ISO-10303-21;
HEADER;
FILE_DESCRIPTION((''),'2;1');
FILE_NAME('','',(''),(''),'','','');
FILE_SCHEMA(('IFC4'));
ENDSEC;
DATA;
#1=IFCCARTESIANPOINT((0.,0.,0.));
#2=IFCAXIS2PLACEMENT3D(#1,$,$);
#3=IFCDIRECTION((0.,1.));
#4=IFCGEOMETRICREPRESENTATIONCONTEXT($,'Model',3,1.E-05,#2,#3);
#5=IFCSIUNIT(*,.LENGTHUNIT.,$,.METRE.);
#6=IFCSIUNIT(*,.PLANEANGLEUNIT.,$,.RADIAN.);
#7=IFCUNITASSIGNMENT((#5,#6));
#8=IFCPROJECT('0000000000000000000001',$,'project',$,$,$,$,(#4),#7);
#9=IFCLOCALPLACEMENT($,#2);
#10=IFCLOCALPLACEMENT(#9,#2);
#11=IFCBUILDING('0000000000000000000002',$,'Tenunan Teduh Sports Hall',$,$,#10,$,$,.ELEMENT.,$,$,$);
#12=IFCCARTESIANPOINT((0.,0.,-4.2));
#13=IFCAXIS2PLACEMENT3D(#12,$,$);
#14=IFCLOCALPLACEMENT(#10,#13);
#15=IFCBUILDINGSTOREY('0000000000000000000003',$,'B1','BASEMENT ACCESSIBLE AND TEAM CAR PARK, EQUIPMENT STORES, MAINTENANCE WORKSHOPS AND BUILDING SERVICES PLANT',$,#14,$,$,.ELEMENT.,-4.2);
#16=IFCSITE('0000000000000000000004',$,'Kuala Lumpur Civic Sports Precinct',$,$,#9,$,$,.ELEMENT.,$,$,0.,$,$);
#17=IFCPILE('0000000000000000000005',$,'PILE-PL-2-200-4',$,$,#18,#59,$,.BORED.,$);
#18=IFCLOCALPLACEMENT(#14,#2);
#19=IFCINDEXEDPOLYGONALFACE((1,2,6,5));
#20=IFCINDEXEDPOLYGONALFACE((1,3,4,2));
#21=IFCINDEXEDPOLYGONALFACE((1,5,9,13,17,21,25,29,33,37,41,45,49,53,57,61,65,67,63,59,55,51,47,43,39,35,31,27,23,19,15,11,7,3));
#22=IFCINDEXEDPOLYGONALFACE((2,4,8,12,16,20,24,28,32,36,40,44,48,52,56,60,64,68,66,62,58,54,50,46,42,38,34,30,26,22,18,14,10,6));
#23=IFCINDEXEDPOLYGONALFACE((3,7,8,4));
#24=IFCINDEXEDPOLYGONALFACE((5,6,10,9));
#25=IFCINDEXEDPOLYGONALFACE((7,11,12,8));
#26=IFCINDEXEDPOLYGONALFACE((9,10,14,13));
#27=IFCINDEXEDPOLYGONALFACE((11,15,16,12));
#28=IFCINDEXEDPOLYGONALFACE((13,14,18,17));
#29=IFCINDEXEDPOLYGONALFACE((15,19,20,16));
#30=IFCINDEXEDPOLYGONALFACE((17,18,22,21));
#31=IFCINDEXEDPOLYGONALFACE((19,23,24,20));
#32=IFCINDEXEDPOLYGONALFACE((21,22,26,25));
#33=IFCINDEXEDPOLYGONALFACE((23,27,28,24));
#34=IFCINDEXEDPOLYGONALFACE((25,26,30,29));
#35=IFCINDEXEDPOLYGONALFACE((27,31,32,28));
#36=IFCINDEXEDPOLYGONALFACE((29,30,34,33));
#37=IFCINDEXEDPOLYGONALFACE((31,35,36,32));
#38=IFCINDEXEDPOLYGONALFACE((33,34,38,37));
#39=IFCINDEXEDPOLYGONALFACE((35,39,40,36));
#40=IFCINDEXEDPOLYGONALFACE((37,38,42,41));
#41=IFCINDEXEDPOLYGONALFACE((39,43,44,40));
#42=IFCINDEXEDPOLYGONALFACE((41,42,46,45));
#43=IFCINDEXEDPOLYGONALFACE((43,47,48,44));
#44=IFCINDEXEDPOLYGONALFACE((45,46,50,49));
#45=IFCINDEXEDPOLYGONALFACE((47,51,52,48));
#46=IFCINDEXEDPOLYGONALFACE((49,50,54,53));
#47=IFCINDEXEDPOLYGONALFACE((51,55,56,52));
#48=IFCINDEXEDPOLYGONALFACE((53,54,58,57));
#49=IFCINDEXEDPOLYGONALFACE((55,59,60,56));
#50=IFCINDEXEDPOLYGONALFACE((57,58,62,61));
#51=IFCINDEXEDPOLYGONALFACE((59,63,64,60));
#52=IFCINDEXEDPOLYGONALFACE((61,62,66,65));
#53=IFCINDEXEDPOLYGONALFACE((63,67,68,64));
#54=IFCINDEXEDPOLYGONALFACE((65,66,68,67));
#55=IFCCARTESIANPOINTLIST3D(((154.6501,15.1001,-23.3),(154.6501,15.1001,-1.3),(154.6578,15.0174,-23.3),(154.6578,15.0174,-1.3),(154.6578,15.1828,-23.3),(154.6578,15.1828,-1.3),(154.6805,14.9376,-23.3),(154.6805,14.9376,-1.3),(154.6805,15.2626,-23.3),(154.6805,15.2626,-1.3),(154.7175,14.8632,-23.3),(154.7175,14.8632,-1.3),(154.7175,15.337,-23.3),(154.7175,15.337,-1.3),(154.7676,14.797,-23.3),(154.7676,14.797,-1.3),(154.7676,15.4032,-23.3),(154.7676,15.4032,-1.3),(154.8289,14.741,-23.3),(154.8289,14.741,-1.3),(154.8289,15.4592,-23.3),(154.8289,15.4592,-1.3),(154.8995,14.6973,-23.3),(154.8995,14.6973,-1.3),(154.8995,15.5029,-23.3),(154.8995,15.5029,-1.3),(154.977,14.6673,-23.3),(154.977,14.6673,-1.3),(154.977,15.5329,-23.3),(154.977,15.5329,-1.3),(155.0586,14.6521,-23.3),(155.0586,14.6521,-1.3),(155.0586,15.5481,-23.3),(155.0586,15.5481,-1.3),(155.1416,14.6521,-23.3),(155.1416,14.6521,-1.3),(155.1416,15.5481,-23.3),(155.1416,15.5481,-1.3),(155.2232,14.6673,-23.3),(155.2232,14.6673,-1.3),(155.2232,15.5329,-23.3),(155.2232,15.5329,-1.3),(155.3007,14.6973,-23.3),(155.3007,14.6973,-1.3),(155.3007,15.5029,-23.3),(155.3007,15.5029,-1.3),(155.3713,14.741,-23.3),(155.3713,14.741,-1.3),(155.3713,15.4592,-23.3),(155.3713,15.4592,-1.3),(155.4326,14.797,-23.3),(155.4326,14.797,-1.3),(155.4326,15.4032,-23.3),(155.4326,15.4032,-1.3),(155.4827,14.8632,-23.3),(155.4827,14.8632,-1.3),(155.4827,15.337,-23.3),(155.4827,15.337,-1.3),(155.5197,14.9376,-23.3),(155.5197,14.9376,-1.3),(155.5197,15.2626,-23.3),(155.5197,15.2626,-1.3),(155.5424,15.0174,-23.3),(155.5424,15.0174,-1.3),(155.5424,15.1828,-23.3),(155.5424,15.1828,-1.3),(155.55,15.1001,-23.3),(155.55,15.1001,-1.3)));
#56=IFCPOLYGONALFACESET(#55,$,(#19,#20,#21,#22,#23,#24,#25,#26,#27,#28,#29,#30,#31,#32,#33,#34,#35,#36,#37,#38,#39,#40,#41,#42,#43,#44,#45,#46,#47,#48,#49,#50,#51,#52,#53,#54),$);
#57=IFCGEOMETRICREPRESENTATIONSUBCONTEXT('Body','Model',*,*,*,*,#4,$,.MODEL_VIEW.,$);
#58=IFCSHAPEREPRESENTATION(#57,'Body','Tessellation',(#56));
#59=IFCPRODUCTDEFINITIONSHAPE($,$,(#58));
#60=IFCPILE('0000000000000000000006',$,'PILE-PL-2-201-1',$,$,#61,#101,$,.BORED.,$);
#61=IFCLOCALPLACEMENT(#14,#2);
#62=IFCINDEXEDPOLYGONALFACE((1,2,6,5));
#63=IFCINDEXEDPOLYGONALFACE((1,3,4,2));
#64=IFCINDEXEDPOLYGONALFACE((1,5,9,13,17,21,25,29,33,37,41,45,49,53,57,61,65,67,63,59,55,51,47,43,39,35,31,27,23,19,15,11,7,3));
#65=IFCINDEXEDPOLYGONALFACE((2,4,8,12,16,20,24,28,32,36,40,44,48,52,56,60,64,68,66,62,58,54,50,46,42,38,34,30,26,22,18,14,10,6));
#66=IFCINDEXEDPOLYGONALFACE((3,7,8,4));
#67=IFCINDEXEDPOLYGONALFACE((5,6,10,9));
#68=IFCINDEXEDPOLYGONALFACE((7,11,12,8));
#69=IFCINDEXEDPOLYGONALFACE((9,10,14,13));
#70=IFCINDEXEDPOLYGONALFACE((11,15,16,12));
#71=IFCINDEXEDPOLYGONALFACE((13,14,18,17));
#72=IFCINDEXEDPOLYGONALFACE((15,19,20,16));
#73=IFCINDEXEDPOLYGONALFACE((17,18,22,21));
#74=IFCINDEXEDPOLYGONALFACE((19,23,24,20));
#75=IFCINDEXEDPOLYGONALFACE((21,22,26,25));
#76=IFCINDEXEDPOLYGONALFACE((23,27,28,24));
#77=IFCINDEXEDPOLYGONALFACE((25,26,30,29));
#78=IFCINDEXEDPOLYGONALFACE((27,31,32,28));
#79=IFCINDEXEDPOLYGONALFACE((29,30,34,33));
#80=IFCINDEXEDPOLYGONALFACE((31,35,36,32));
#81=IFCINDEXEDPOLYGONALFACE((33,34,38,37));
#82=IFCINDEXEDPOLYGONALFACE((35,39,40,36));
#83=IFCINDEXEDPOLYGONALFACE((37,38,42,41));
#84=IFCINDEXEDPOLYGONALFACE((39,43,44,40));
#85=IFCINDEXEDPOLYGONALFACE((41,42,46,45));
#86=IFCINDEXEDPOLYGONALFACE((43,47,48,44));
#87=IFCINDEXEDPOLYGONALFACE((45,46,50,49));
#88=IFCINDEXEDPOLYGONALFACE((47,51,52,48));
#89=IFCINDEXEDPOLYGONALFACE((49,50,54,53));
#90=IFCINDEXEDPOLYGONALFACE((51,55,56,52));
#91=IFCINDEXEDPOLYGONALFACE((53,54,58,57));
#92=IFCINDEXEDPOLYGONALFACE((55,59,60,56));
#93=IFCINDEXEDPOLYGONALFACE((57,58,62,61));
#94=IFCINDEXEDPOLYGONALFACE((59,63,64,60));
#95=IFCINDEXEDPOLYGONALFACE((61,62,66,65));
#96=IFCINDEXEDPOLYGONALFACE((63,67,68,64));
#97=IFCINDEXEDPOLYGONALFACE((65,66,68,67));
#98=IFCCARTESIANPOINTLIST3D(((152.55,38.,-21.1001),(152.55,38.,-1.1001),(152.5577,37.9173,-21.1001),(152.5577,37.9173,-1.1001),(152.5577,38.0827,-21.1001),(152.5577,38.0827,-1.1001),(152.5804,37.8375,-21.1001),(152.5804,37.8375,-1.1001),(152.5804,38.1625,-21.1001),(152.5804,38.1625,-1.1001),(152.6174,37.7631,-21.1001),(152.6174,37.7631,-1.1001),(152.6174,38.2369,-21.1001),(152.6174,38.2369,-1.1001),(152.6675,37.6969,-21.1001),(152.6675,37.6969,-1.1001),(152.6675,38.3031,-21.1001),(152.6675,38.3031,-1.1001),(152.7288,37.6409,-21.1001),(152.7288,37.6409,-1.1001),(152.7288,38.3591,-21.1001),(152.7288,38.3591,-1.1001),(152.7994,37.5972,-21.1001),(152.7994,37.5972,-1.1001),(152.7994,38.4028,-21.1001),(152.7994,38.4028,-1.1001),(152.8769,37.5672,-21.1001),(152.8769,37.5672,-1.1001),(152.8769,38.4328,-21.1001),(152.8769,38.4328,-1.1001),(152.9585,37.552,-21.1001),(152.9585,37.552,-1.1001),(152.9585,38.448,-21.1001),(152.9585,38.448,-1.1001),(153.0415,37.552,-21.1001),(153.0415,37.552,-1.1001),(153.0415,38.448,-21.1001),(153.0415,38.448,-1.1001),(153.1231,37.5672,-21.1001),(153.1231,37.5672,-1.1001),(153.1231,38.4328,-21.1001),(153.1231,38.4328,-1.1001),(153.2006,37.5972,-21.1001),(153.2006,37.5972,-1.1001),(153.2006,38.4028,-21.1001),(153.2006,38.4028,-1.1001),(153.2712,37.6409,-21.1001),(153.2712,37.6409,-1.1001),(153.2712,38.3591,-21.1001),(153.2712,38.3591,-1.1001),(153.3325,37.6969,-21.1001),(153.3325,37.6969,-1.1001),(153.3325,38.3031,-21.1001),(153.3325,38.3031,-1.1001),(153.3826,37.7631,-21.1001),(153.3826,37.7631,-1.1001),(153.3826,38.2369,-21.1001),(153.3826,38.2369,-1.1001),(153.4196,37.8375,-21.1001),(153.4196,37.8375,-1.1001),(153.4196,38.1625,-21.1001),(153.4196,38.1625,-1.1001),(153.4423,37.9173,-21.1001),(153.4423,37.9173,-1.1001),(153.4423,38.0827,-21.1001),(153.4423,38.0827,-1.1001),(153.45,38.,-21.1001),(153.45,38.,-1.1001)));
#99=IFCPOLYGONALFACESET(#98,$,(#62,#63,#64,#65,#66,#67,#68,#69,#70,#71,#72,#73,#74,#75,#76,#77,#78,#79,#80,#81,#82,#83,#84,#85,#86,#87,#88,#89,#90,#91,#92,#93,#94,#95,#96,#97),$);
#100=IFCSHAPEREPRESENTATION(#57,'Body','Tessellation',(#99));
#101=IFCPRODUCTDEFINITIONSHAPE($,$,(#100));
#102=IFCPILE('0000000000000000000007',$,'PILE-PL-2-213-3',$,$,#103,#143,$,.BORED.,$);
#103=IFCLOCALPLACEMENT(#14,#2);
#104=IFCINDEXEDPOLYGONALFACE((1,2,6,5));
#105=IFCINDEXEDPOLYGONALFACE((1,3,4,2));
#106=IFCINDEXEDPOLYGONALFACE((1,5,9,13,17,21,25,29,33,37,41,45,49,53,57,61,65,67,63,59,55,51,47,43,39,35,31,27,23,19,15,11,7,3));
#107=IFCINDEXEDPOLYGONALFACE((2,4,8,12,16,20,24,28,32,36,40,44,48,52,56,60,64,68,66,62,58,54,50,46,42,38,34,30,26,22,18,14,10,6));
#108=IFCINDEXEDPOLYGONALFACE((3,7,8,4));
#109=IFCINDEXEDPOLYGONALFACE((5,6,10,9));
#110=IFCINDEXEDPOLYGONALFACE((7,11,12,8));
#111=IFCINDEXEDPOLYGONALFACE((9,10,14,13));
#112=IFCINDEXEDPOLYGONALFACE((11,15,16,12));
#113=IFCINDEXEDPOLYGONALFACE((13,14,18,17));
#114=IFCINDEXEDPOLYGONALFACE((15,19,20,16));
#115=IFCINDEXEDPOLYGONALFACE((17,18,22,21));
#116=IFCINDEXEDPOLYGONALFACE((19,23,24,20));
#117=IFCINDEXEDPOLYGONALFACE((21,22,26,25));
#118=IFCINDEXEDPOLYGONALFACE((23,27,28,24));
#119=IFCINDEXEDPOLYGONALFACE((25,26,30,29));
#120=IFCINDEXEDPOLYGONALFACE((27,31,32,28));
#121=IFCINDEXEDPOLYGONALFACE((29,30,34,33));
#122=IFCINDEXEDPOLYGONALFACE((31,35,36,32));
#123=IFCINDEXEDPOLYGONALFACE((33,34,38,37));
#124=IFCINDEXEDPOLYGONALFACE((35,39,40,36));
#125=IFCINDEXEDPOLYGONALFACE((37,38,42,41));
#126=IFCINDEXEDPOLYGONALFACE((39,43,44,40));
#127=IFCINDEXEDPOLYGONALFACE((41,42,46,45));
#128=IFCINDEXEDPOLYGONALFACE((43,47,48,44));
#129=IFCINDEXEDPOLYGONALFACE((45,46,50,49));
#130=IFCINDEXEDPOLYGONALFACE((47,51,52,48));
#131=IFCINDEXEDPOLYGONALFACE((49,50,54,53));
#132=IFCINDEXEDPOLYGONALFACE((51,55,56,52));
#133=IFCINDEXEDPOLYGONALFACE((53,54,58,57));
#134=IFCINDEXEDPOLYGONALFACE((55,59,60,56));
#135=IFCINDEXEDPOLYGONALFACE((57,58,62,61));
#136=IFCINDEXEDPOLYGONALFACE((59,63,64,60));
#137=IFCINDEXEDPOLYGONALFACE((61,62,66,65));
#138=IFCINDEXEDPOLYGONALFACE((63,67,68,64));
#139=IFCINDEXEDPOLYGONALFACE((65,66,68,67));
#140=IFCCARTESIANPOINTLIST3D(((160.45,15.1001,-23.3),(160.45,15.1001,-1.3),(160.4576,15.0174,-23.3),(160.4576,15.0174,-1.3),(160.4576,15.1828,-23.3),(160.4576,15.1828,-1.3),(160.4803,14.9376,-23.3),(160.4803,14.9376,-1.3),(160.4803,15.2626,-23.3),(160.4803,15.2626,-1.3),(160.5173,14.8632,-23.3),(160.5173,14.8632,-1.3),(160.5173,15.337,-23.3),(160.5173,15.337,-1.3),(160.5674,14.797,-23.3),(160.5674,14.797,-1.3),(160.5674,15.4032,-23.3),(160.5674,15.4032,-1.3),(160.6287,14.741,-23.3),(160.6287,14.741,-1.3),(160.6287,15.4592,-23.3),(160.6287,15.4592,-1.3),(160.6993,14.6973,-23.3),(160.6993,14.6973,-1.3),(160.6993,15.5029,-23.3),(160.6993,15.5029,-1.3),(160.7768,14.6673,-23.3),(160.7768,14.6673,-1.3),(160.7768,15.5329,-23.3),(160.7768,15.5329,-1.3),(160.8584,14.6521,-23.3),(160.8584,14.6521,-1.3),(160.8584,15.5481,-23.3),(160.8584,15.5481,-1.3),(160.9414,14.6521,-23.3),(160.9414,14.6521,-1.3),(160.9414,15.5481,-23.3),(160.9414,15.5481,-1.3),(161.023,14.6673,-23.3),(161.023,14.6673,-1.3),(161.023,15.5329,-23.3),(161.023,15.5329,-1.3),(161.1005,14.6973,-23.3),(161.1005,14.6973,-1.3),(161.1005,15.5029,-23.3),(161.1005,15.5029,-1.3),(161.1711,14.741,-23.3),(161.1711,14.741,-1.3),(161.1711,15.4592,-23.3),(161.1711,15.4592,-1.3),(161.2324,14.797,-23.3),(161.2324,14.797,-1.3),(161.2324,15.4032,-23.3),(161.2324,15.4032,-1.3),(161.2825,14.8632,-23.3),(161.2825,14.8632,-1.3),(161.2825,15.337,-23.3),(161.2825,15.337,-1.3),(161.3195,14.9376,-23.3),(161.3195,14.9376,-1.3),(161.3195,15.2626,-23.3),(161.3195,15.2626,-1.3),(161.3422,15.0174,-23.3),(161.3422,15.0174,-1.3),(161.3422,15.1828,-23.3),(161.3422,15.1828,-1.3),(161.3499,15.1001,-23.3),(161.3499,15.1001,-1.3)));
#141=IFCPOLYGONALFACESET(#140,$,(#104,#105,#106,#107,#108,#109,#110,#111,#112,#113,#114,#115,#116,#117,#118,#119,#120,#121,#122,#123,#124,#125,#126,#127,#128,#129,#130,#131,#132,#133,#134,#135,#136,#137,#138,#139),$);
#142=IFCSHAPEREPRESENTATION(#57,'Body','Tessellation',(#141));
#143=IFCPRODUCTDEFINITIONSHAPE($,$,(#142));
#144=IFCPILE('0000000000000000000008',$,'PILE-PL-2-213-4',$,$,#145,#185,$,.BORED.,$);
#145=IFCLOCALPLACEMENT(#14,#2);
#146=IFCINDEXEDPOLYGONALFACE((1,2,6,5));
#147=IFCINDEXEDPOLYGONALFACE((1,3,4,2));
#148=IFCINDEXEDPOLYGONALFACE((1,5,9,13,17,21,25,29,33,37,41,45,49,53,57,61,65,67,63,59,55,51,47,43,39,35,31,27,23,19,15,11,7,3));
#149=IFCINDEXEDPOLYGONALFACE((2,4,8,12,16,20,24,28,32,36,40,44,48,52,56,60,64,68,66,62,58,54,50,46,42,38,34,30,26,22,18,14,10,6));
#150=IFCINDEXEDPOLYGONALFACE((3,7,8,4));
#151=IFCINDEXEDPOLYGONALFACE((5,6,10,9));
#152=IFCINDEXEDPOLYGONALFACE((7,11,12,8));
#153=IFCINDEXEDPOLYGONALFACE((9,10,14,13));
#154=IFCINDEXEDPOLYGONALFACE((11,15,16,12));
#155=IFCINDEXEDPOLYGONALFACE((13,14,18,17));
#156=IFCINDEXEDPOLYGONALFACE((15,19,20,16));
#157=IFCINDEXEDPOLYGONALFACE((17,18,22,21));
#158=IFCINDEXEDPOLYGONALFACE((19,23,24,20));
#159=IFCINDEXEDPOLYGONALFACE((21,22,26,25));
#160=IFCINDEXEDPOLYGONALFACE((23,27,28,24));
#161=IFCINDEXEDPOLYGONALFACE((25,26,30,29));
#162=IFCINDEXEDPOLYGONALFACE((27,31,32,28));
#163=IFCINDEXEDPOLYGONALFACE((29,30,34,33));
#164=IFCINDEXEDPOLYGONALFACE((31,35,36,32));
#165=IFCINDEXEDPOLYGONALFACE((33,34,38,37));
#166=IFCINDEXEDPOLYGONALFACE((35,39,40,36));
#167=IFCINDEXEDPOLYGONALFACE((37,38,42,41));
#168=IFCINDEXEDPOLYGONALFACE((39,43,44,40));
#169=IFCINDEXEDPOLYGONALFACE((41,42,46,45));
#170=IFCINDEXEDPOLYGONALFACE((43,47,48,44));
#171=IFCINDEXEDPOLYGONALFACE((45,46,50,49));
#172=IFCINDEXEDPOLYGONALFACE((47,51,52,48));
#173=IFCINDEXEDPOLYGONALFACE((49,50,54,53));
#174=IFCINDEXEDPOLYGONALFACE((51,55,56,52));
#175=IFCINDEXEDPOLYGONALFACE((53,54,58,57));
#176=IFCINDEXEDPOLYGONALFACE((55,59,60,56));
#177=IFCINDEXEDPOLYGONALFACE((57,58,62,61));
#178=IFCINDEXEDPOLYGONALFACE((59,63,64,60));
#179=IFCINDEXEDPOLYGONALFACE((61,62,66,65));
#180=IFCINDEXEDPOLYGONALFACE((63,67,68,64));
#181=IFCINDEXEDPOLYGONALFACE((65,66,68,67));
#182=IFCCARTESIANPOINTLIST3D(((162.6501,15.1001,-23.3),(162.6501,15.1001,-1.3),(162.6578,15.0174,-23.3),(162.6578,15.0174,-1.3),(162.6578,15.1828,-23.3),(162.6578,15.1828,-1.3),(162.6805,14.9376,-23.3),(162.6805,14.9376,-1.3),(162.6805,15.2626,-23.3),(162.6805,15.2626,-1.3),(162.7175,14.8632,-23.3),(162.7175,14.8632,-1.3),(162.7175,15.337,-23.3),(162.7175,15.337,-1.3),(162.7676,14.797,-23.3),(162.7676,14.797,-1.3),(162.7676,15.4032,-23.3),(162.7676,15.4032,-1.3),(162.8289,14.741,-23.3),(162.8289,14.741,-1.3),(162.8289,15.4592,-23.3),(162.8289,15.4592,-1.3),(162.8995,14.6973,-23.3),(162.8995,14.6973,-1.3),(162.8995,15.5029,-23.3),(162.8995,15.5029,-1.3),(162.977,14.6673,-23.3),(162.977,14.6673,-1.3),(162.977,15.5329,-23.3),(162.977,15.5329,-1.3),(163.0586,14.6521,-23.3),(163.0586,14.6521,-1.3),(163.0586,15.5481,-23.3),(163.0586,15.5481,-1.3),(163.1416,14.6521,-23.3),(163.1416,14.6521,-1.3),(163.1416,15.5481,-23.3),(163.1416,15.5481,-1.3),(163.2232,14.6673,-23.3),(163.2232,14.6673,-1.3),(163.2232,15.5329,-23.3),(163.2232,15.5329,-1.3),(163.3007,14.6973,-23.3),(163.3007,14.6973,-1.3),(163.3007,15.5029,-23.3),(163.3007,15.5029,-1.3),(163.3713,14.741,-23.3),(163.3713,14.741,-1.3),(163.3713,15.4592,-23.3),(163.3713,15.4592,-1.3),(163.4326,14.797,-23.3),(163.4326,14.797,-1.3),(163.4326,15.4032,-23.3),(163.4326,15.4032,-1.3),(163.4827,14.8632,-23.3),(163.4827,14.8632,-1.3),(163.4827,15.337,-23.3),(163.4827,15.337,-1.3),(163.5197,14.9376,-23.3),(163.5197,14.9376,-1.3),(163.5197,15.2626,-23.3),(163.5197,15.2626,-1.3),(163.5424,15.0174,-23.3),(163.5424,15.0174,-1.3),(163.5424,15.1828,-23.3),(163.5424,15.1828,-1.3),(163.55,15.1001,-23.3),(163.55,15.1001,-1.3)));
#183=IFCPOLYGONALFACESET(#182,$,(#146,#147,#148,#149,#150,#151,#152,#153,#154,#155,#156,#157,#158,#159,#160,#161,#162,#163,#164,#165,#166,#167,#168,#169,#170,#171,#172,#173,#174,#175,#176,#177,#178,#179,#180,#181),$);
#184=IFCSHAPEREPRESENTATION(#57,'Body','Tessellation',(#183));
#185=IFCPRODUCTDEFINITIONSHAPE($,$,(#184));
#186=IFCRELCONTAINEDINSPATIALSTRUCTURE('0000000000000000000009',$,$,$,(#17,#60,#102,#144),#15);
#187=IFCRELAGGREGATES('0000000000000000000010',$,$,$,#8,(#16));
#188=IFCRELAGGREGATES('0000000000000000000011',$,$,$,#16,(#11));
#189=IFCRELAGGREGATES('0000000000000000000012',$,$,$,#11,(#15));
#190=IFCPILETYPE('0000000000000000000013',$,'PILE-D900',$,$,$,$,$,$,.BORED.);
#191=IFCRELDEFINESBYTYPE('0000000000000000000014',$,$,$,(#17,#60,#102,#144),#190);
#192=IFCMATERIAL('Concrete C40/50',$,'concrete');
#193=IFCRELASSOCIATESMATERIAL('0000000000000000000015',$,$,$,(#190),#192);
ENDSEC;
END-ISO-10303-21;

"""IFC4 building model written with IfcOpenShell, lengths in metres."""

from ifc_helpers import new_model, si_unit, direction, frame, origin, origin_2d, place, context, subcontext, project, spatial, circle, extrude, material, material_profile, profile_set, type_object, element, save


model = new_model("IFC4")

# Units and contexts
model_context = context("Model", 3, precision=1e-05, world=origin(), true_north=direction((0.0, 1.0)))
body_context = subcontext(model_context, "Body", "Model", "MODEL_VIEW")
ifc_project = project(units=[si_unit("LENGTHUNIT", "METRE"), si_unit("PLANEANGLEUNIT", "RADIAN")], contexts=[model_context])

# Site, building, storey
site_placement = place(None, origin())
site = spatial("IfcSite", under=ifc_project, at=site_placement, Name="Kuala Lumpur Civic Sports Precinct", CompositionType="ELEMENT", RefElevation=0.0)
building_placement = place(site_placement, origin())
building = spatial("IfcBuilding", under=site, at=building_placement, Name="Tenunan Teduh Sports Hall", CompositionType="ELEMENT")
storey_placement = place(building_placement, frame((0.0, 0.0, -4.2)))
storey = spatial("IfcBuildingStorey", under=building, at=storey_placement, Name="B1", Description="BASEMENT ACCESSIBLE AND TEAM CAR PARK, EQUIPMENT STORES, MAINTENANCE WORKSHOPS AND BUILDING SERVICES PLANT", CompositionType="ELEMENT", Elevation=-4.2)

# Piles
ifc_material_1 = material(Name="Concrete C40/50", Category="concrete")
ifc_material_profile_1 = material_profile(ifc_material_1, circle(Radius=0.45, at=origin_2d()), Name="PILE D900")
ifc_profile_set_1 = profile_set([ifc_material_profile_1], Name="Concrete C40/50")
pile_type = type_object("IfcPileType", Name="PILE-D900", PredefinedType="BORED", material=ifc_profile_set_1)
for number, where, z_axis, x_axis, name in (
    (1, (155.1001, 15.1001, -1.3), (0.0, 0.0, -1.0), (1.0, 0.0, 0.0), "PILE-PL-2-200-4"),
):
    element("IfcPile", number, at=place(storey_placement, frame(where, z_axis=z_axis, x_axis=x_axis)), inside=storey, type_object=pile_type, Name=name, PredefinedType="BORED", context=body_context, shape_type="SweptSolid", body=[
        extrude(circle(Radius=0.45, at=origin_2d()), origin(), (0.0, 0.0, 1.0), 22.0),
    ])
pile_placement = place(storey_placement, frame((153.0, 38.0, -1.1001), z_axis=(0.0, 0.0, -1.0), x_axis=(1.0, 0.0, 0.0)))
element("IfcPile", 2, at=pile_placement, inside=storey, type_object=pile_type, Name="PILE-PL-2-201-1", PredefinedType="BORED", context=body_context, shape_type="SweptSolid", body=[
    extrude(circle(Radius=0.45, at=origin_2d()), origin(), (0.0, 0.0, 1.0), 20.0),
])
for number, where, z_axis, x_axis, name in (
    (3, (160.8999, 15.1001, -1.3), (0.0, 0.0, -1.0), (1.0, 0.0, 0.0), "PILE-PL-2-213-3"),
    (4, (163.1001, 15.1001, -1.3), (0.0, 0.0, -1.0), (1.0, 0.0, 0.0), "PILE-PL-2-213-4"),
):
    element("IfcPile", number, at=place(storey_placement, frame(where, z_axis=z_axis, x_axis=x_axis)), inside=storey, type_object=pile_type, Name=name, PredefinedType="BORED", context=body_context, shape_type="SweptSolid", body=[
        extrude(circle(Radius=0.45, at=origin_2d()), origin(), (0.0, 0.0, 1.0), 22.0),
    ])

save(model, "model.ifc")
